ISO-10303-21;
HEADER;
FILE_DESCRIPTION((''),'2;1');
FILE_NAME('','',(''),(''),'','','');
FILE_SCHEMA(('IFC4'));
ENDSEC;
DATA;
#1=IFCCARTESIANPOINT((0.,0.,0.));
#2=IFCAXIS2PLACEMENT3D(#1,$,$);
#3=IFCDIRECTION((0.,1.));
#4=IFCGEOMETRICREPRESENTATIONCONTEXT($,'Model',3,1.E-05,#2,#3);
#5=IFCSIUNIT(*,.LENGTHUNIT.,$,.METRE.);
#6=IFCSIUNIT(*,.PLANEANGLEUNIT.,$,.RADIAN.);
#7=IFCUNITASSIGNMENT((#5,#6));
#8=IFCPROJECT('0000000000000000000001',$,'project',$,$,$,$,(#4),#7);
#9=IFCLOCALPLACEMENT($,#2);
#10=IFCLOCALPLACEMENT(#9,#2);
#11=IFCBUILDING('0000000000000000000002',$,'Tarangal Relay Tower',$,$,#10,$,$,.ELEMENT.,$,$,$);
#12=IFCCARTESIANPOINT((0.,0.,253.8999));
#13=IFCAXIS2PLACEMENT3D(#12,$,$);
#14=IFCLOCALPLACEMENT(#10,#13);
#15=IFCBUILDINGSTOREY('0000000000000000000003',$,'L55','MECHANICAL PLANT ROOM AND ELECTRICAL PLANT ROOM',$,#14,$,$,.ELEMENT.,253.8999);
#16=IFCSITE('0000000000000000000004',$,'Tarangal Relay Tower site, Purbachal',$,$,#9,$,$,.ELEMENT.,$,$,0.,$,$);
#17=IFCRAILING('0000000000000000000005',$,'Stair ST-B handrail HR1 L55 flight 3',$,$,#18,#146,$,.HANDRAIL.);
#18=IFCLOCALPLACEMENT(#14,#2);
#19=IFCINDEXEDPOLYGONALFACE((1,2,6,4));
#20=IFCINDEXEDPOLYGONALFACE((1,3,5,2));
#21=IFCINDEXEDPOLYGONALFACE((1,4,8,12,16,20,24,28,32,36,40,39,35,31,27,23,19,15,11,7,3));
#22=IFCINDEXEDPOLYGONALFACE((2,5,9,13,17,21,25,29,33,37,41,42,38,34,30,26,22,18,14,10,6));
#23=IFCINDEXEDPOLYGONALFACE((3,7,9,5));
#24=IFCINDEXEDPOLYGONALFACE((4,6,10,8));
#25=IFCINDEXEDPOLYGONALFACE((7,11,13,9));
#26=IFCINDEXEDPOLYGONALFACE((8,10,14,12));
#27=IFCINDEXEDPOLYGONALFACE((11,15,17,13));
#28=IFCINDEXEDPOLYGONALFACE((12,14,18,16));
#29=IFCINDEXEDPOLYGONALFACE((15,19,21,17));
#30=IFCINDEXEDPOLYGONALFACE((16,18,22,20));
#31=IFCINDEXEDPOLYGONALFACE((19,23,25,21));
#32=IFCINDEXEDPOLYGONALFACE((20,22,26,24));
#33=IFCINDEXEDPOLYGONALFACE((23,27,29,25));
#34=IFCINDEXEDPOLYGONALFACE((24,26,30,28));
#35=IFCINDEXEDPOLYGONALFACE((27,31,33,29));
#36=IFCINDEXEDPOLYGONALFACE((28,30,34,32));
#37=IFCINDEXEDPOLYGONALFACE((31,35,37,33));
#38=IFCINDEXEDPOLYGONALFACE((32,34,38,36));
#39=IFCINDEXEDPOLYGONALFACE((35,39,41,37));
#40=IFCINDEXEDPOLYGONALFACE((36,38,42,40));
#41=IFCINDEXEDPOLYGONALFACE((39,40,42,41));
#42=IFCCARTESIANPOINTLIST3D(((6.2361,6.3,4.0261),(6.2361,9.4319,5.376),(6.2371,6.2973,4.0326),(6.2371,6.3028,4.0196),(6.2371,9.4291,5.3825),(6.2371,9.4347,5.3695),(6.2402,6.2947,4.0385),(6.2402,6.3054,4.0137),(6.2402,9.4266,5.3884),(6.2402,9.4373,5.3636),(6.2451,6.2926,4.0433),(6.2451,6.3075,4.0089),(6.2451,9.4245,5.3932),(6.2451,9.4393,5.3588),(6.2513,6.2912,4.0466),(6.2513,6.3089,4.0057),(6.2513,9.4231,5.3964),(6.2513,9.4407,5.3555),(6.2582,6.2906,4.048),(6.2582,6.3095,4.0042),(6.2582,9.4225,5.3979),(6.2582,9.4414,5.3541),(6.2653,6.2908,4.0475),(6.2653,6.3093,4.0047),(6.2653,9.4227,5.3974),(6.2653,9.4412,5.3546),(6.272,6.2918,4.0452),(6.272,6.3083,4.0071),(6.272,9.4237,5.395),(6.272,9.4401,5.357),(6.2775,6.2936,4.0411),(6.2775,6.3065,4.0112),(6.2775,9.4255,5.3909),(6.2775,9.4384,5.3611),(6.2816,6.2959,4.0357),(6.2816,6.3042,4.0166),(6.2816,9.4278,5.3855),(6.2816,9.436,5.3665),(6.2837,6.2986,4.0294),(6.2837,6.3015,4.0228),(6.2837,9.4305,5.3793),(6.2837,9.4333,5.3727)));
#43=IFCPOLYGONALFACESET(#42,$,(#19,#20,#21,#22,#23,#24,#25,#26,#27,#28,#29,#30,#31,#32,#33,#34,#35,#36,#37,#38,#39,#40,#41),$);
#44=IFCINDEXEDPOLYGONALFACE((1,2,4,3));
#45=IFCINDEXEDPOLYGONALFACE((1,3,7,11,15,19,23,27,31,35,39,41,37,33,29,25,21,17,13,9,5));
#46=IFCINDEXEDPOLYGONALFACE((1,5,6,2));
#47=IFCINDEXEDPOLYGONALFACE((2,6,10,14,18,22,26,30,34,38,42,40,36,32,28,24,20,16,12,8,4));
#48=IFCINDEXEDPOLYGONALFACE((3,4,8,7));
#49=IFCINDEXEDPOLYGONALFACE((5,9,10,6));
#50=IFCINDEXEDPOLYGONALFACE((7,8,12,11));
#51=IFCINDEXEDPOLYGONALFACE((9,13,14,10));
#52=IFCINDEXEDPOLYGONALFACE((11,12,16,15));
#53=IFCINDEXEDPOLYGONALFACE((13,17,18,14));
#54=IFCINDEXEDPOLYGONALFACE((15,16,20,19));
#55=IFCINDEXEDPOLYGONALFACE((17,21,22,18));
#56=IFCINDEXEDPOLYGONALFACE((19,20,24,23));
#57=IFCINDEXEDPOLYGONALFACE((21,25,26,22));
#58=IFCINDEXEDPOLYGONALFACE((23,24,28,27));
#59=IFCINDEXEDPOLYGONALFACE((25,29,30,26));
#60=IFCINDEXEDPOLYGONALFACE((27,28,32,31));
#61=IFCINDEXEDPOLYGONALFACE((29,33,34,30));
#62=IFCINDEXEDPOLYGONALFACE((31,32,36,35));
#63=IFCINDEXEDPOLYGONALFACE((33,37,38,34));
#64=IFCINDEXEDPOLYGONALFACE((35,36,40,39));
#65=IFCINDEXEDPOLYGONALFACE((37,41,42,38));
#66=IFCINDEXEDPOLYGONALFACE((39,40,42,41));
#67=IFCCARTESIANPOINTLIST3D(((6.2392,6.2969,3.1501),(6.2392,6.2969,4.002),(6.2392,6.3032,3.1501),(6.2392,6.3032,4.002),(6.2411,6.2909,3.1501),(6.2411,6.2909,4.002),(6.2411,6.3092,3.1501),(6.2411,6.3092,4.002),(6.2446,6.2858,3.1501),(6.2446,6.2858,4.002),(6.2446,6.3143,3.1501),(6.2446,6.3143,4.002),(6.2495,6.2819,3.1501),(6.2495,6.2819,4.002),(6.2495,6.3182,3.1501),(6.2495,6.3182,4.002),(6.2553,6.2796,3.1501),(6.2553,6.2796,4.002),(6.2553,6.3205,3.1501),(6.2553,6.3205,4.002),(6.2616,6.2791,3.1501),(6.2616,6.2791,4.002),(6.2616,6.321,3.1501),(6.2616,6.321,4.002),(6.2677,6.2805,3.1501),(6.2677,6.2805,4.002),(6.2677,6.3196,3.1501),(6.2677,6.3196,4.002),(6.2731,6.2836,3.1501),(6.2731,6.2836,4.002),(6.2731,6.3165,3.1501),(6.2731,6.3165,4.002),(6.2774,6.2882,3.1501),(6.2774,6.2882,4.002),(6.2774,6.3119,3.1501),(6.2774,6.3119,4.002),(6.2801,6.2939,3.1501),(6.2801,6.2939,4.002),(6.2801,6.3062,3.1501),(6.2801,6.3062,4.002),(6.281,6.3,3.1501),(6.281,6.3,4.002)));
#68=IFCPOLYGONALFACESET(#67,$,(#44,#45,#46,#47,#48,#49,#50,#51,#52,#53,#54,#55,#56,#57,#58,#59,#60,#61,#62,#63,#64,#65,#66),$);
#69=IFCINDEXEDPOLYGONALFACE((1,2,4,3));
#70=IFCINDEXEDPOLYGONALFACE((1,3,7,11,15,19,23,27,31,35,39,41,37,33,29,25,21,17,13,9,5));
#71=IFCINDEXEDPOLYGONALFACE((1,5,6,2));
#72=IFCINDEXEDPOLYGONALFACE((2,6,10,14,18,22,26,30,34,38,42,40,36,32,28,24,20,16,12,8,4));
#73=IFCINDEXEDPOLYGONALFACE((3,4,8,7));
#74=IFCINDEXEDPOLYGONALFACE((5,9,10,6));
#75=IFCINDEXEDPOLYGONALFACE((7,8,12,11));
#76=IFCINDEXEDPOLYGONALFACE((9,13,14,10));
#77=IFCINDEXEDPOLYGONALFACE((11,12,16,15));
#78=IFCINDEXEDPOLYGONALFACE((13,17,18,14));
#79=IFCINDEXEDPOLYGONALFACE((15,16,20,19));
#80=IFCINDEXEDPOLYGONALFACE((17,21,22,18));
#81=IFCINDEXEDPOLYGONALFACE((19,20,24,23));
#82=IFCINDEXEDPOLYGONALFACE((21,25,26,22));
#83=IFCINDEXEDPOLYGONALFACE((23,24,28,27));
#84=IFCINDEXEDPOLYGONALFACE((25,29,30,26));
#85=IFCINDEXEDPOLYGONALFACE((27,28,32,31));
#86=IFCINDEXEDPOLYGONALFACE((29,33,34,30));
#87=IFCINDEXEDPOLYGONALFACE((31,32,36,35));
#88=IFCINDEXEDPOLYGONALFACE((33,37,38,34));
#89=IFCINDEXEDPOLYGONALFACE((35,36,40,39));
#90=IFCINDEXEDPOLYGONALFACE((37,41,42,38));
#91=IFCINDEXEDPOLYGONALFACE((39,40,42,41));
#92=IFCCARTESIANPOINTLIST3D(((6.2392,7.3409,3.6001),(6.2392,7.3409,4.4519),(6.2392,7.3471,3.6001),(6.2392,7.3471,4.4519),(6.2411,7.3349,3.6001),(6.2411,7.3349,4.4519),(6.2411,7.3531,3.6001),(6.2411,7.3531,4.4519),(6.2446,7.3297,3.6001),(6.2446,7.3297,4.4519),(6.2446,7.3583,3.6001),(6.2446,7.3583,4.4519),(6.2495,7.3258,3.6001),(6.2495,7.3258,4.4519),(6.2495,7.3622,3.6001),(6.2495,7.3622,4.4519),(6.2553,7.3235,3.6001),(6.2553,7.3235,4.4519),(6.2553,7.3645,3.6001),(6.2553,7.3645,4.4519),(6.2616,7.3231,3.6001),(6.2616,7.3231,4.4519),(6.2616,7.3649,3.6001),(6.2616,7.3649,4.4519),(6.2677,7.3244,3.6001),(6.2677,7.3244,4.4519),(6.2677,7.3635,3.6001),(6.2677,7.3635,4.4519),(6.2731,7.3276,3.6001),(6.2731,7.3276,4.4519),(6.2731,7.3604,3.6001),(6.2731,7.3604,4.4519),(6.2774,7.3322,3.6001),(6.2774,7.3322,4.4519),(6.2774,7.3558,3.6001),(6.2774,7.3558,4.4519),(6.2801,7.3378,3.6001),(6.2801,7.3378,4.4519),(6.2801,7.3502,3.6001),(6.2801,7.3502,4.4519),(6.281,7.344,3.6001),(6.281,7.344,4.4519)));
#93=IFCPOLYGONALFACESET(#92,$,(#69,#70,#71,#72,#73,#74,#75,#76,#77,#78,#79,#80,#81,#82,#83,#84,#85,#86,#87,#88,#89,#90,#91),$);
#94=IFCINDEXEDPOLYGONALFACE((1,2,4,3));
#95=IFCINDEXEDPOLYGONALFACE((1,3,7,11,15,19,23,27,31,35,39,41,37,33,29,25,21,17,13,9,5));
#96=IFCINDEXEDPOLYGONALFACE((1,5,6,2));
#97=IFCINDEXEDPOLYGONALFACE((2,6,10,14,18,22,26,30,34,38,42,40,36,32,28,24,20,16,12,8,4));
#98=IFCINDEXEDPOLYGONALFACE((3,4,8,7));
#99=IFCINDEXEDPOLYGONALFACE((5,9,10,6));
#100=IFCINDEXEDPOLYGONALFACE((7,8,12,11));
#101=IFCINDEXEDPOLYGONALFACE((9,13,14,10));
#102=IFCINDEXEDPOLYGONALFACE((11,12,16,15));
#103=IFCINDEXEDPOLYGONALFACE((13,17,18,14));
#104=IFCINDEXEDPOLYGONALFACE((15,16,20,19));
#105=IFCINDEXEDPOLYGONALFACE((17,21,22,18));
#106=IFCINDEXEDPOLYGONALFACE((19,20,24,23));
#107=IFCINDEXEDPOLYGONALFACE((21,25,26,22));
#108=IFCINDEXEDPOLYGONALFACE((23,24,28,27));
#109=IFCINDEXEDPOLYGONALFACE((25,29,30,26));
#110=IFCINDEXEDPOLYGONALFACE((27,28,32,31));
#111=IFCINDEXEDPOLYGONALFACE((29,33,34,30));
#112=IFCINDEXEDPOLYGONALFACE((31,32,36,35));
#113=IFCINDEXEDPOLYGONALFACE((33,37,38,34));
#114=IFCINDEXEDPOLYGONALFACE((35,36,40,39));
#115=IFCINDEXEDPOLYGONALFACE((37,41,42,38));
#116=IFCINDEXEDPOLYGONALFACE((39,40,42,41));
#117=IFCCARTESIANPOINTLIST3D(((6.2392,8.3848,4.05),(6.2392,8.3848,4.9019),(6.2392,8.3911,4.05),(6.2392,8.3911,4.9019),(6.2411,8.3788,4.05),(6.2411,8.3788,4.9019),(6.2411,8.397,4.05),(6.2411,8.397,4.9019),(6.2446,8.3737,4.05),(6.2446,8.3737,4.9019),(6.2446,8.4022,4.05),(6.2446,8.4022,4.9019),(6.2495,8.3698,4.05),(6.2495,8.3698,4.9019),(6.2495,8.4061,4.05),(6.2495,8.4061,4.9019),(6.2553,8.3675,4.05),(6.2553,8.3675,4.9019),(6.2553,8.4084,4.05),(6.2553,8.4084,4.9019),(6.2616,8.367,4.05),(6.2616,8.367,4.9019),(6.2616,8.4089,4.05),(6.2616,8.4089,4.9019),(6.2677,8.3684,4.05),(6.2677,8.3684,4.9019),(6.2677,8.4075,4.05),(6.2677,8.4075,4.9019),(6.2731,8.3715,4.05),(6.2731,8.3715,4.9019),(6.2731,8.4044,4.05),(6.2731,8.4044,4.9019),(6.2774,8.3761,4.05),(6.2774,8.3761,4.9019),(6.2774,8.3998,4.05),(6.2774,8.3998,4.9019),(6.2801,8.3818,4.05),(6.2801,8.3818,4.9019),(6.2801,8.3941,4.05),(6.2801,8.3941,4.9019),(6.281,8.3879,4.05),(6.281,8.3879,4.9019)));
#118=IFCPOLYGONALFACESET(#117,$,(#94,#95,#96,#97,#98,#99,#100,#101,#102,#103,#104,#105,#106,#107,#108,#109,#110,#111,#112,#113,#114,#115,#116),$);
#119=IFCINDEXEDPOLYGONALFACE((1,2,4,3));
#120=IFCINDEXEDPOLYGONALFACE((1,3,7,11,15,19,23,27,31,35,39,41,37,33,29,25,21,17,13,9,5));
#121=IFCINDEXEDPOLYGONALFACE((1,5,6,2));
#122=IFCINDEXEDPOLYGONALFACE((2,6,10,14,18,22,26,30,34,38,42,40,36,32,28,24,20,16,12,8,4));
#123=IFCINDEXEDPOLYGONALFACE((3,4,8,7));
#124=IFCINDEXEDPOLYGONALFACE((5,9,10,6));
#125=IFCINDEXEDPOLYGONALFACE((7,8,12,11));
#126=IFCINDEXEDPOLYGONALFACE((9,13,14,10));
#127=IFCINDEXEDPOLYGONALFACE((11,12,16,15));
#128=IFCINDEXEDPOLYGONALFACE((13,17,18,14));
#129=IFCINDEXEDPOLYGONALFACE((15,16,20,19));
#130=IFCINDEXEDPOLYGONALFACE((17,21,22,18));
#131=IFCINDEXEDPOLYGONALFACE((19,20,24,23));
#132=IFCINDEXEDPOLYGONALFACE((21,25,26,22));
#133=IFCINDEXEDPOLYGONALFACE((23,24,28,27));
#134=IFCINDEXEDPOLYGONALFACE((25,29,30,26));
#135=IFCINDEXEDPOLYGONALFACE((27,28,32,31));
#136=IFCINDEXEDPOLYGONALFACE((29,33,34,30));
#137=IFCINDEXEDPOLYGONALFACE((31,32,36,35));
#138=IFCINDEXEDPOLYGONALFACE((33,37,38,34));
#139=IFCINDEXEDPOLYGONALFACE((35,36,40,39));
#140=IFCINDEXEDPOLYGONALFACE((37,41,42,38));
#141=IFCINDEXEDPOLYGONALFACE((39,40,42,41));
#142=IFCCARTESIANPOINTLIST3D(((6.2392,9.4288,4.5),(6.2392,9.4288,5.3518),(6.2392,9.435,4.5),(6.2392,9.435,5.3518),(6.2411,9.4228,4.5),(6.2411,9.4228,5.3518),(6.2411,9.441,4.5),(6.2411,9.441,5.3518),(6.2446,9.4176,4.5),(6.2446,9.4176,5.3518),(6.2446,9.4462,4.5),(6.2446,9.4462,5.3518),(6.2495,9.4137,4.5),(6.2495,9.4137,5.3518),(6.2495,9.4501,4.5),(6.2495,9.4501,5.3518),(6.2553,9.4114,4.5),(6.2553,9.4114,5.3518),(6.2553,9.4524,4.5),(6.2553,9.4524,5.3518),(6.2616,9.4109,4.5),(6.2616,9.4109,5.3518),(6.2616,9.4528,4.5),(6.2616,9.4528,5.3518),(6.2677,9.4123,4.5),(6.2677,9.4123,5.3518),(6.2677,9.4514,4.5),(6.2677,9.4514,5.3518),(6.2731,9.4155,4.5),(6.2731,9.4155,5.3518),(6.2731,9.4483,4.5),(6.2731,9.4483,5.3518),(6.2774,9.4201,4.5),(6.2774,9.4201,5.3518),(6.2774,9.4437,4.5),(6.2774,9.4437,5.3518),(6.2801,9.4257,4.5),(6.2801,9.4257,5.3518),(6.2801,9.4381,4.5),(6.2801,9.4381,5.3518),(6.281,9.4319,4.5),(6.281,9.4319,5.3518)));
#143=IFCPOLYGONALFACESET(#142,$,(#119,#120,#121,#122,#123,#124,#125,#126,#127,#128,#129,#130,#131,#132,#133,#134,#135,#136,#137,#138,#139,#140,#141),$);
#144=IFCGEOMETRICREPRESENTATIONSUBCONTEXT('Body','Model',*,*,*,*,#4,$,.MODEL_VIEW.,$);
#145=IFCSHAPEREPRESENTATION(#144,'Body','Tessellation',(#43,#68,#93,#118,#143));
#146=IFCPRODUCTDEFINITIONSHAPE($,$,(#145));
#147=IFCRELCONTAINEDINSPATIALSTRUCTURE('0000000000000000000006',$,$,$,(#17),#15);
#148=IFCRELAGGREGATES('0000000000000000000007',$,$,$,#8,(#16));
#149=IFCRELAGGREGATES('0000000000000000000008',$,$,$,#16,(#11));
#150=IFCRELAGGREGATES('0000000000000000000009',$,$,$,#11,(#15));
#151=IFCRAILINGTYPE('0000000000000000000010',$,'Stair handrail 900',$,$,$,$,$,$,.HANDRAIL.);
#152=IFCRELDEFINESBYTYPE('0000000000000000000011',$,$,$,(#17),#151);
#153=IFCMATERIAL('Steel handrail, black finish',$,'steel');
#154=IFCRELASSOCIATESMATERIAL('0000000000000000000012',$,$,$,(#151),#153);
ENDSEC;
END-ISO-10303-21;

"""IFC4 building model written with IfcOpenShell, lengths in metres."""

from ifc_helpers import new_model, si_unit, direction, frame, origin, origin_2d, place, context, subcontext, project, spatial, circle, extrude, material, type_object, element, save


model = new_model("IFC4")

# Units and contexts
model_context = context("Model", 3, precision=1e-05, world=origin(), true_north=direction((0.0, 1.0)))
body_context = subcontext(model_context, "Body", "Model", "MODEL_VIEW")
ifc_project = project(units=[si_unit("LENGTHUNIT", "METRE"), si_unit("PLANEANGLEUNIT", "RADIAN")], contexts=[model_context])

# Site, building, storey
site_placement = place(None, origin())
site = spatial("IfcSite", under=ifc_project, at=site_placement, Name="Tarangal Relay Tower site, Purbachal", CompositionType="ELEMENT", RefElevation=0.0)
building_placement = place(site_placement, origin())
building = spatial("IfcBuilding", under=site, at=building_placement, Name="Tarangal Relay Tower", CompositionType="ELEMENT")
storey_placement = place(building_placement, frame((0.0, 0.0, 253.8999)))
storey = spatial("IfcBuildingStorey", under=building, at=storey_placement, Name="L55", Description="MECHANICAL PLANT ROOM AND ELECTRICAL PLANT ROOM", CompositionType="ELEMENT", Elevation=253.8999)

# Railing
ifc_material_1 = material(Name="Steel handrail, black finish", Category="steel")
railing_type_1 = type_object("IfcRailingType", Name="Stair handrail 900", PredefinedType="HANDRAIL", material=ifc_material_1)
for number, where, name in (
    (1, (6.26, 6.3, 3.1501), "Stair ST-B handrail HR1 L55 flight 3"),
):
    element("IfcRailing", number, at=place(storey_placement, frame(where)), inside=storey, type_object=railing_type_1, Name=name, PredefinedType="HANDRAIL", context=body_context, shape_type="SweptSolid", body=[
        extrude(circle(Radius=0.0239, at=origin_2d()), frame((0.0, 0.0, 0.876), z_axis=(0.0, 0.918332, 0.395811), x_axis=(-1.0, 0.0, 0.0)), (0.0, 0.0, 1.0), 3.4104),
        extrude(circle(Radius=0.021, at=origin_2d()), origin(), (0.0, 0.0, 1.0), 0.8518),
        extrude(circle(Radius=0.021, at=origin_2d()), frame((0.0, 1.0439, 0.45)), (0.0, 0.0, 1.0), 0.8518),
        extrude(circle(Radius=0.021, at=origin_2d()), frame((0.0, 2.0879, 0.8999)), (0.0, 0.0, 1.0), 0.8518),
        extrude(circle(Radius=0.021, at=origin_2d()), frame((0.0, 3.1318, 1.3499)), (0.0, 0.0, 1.0), 0.8518),
    ])

save(model, "model.ifc")
